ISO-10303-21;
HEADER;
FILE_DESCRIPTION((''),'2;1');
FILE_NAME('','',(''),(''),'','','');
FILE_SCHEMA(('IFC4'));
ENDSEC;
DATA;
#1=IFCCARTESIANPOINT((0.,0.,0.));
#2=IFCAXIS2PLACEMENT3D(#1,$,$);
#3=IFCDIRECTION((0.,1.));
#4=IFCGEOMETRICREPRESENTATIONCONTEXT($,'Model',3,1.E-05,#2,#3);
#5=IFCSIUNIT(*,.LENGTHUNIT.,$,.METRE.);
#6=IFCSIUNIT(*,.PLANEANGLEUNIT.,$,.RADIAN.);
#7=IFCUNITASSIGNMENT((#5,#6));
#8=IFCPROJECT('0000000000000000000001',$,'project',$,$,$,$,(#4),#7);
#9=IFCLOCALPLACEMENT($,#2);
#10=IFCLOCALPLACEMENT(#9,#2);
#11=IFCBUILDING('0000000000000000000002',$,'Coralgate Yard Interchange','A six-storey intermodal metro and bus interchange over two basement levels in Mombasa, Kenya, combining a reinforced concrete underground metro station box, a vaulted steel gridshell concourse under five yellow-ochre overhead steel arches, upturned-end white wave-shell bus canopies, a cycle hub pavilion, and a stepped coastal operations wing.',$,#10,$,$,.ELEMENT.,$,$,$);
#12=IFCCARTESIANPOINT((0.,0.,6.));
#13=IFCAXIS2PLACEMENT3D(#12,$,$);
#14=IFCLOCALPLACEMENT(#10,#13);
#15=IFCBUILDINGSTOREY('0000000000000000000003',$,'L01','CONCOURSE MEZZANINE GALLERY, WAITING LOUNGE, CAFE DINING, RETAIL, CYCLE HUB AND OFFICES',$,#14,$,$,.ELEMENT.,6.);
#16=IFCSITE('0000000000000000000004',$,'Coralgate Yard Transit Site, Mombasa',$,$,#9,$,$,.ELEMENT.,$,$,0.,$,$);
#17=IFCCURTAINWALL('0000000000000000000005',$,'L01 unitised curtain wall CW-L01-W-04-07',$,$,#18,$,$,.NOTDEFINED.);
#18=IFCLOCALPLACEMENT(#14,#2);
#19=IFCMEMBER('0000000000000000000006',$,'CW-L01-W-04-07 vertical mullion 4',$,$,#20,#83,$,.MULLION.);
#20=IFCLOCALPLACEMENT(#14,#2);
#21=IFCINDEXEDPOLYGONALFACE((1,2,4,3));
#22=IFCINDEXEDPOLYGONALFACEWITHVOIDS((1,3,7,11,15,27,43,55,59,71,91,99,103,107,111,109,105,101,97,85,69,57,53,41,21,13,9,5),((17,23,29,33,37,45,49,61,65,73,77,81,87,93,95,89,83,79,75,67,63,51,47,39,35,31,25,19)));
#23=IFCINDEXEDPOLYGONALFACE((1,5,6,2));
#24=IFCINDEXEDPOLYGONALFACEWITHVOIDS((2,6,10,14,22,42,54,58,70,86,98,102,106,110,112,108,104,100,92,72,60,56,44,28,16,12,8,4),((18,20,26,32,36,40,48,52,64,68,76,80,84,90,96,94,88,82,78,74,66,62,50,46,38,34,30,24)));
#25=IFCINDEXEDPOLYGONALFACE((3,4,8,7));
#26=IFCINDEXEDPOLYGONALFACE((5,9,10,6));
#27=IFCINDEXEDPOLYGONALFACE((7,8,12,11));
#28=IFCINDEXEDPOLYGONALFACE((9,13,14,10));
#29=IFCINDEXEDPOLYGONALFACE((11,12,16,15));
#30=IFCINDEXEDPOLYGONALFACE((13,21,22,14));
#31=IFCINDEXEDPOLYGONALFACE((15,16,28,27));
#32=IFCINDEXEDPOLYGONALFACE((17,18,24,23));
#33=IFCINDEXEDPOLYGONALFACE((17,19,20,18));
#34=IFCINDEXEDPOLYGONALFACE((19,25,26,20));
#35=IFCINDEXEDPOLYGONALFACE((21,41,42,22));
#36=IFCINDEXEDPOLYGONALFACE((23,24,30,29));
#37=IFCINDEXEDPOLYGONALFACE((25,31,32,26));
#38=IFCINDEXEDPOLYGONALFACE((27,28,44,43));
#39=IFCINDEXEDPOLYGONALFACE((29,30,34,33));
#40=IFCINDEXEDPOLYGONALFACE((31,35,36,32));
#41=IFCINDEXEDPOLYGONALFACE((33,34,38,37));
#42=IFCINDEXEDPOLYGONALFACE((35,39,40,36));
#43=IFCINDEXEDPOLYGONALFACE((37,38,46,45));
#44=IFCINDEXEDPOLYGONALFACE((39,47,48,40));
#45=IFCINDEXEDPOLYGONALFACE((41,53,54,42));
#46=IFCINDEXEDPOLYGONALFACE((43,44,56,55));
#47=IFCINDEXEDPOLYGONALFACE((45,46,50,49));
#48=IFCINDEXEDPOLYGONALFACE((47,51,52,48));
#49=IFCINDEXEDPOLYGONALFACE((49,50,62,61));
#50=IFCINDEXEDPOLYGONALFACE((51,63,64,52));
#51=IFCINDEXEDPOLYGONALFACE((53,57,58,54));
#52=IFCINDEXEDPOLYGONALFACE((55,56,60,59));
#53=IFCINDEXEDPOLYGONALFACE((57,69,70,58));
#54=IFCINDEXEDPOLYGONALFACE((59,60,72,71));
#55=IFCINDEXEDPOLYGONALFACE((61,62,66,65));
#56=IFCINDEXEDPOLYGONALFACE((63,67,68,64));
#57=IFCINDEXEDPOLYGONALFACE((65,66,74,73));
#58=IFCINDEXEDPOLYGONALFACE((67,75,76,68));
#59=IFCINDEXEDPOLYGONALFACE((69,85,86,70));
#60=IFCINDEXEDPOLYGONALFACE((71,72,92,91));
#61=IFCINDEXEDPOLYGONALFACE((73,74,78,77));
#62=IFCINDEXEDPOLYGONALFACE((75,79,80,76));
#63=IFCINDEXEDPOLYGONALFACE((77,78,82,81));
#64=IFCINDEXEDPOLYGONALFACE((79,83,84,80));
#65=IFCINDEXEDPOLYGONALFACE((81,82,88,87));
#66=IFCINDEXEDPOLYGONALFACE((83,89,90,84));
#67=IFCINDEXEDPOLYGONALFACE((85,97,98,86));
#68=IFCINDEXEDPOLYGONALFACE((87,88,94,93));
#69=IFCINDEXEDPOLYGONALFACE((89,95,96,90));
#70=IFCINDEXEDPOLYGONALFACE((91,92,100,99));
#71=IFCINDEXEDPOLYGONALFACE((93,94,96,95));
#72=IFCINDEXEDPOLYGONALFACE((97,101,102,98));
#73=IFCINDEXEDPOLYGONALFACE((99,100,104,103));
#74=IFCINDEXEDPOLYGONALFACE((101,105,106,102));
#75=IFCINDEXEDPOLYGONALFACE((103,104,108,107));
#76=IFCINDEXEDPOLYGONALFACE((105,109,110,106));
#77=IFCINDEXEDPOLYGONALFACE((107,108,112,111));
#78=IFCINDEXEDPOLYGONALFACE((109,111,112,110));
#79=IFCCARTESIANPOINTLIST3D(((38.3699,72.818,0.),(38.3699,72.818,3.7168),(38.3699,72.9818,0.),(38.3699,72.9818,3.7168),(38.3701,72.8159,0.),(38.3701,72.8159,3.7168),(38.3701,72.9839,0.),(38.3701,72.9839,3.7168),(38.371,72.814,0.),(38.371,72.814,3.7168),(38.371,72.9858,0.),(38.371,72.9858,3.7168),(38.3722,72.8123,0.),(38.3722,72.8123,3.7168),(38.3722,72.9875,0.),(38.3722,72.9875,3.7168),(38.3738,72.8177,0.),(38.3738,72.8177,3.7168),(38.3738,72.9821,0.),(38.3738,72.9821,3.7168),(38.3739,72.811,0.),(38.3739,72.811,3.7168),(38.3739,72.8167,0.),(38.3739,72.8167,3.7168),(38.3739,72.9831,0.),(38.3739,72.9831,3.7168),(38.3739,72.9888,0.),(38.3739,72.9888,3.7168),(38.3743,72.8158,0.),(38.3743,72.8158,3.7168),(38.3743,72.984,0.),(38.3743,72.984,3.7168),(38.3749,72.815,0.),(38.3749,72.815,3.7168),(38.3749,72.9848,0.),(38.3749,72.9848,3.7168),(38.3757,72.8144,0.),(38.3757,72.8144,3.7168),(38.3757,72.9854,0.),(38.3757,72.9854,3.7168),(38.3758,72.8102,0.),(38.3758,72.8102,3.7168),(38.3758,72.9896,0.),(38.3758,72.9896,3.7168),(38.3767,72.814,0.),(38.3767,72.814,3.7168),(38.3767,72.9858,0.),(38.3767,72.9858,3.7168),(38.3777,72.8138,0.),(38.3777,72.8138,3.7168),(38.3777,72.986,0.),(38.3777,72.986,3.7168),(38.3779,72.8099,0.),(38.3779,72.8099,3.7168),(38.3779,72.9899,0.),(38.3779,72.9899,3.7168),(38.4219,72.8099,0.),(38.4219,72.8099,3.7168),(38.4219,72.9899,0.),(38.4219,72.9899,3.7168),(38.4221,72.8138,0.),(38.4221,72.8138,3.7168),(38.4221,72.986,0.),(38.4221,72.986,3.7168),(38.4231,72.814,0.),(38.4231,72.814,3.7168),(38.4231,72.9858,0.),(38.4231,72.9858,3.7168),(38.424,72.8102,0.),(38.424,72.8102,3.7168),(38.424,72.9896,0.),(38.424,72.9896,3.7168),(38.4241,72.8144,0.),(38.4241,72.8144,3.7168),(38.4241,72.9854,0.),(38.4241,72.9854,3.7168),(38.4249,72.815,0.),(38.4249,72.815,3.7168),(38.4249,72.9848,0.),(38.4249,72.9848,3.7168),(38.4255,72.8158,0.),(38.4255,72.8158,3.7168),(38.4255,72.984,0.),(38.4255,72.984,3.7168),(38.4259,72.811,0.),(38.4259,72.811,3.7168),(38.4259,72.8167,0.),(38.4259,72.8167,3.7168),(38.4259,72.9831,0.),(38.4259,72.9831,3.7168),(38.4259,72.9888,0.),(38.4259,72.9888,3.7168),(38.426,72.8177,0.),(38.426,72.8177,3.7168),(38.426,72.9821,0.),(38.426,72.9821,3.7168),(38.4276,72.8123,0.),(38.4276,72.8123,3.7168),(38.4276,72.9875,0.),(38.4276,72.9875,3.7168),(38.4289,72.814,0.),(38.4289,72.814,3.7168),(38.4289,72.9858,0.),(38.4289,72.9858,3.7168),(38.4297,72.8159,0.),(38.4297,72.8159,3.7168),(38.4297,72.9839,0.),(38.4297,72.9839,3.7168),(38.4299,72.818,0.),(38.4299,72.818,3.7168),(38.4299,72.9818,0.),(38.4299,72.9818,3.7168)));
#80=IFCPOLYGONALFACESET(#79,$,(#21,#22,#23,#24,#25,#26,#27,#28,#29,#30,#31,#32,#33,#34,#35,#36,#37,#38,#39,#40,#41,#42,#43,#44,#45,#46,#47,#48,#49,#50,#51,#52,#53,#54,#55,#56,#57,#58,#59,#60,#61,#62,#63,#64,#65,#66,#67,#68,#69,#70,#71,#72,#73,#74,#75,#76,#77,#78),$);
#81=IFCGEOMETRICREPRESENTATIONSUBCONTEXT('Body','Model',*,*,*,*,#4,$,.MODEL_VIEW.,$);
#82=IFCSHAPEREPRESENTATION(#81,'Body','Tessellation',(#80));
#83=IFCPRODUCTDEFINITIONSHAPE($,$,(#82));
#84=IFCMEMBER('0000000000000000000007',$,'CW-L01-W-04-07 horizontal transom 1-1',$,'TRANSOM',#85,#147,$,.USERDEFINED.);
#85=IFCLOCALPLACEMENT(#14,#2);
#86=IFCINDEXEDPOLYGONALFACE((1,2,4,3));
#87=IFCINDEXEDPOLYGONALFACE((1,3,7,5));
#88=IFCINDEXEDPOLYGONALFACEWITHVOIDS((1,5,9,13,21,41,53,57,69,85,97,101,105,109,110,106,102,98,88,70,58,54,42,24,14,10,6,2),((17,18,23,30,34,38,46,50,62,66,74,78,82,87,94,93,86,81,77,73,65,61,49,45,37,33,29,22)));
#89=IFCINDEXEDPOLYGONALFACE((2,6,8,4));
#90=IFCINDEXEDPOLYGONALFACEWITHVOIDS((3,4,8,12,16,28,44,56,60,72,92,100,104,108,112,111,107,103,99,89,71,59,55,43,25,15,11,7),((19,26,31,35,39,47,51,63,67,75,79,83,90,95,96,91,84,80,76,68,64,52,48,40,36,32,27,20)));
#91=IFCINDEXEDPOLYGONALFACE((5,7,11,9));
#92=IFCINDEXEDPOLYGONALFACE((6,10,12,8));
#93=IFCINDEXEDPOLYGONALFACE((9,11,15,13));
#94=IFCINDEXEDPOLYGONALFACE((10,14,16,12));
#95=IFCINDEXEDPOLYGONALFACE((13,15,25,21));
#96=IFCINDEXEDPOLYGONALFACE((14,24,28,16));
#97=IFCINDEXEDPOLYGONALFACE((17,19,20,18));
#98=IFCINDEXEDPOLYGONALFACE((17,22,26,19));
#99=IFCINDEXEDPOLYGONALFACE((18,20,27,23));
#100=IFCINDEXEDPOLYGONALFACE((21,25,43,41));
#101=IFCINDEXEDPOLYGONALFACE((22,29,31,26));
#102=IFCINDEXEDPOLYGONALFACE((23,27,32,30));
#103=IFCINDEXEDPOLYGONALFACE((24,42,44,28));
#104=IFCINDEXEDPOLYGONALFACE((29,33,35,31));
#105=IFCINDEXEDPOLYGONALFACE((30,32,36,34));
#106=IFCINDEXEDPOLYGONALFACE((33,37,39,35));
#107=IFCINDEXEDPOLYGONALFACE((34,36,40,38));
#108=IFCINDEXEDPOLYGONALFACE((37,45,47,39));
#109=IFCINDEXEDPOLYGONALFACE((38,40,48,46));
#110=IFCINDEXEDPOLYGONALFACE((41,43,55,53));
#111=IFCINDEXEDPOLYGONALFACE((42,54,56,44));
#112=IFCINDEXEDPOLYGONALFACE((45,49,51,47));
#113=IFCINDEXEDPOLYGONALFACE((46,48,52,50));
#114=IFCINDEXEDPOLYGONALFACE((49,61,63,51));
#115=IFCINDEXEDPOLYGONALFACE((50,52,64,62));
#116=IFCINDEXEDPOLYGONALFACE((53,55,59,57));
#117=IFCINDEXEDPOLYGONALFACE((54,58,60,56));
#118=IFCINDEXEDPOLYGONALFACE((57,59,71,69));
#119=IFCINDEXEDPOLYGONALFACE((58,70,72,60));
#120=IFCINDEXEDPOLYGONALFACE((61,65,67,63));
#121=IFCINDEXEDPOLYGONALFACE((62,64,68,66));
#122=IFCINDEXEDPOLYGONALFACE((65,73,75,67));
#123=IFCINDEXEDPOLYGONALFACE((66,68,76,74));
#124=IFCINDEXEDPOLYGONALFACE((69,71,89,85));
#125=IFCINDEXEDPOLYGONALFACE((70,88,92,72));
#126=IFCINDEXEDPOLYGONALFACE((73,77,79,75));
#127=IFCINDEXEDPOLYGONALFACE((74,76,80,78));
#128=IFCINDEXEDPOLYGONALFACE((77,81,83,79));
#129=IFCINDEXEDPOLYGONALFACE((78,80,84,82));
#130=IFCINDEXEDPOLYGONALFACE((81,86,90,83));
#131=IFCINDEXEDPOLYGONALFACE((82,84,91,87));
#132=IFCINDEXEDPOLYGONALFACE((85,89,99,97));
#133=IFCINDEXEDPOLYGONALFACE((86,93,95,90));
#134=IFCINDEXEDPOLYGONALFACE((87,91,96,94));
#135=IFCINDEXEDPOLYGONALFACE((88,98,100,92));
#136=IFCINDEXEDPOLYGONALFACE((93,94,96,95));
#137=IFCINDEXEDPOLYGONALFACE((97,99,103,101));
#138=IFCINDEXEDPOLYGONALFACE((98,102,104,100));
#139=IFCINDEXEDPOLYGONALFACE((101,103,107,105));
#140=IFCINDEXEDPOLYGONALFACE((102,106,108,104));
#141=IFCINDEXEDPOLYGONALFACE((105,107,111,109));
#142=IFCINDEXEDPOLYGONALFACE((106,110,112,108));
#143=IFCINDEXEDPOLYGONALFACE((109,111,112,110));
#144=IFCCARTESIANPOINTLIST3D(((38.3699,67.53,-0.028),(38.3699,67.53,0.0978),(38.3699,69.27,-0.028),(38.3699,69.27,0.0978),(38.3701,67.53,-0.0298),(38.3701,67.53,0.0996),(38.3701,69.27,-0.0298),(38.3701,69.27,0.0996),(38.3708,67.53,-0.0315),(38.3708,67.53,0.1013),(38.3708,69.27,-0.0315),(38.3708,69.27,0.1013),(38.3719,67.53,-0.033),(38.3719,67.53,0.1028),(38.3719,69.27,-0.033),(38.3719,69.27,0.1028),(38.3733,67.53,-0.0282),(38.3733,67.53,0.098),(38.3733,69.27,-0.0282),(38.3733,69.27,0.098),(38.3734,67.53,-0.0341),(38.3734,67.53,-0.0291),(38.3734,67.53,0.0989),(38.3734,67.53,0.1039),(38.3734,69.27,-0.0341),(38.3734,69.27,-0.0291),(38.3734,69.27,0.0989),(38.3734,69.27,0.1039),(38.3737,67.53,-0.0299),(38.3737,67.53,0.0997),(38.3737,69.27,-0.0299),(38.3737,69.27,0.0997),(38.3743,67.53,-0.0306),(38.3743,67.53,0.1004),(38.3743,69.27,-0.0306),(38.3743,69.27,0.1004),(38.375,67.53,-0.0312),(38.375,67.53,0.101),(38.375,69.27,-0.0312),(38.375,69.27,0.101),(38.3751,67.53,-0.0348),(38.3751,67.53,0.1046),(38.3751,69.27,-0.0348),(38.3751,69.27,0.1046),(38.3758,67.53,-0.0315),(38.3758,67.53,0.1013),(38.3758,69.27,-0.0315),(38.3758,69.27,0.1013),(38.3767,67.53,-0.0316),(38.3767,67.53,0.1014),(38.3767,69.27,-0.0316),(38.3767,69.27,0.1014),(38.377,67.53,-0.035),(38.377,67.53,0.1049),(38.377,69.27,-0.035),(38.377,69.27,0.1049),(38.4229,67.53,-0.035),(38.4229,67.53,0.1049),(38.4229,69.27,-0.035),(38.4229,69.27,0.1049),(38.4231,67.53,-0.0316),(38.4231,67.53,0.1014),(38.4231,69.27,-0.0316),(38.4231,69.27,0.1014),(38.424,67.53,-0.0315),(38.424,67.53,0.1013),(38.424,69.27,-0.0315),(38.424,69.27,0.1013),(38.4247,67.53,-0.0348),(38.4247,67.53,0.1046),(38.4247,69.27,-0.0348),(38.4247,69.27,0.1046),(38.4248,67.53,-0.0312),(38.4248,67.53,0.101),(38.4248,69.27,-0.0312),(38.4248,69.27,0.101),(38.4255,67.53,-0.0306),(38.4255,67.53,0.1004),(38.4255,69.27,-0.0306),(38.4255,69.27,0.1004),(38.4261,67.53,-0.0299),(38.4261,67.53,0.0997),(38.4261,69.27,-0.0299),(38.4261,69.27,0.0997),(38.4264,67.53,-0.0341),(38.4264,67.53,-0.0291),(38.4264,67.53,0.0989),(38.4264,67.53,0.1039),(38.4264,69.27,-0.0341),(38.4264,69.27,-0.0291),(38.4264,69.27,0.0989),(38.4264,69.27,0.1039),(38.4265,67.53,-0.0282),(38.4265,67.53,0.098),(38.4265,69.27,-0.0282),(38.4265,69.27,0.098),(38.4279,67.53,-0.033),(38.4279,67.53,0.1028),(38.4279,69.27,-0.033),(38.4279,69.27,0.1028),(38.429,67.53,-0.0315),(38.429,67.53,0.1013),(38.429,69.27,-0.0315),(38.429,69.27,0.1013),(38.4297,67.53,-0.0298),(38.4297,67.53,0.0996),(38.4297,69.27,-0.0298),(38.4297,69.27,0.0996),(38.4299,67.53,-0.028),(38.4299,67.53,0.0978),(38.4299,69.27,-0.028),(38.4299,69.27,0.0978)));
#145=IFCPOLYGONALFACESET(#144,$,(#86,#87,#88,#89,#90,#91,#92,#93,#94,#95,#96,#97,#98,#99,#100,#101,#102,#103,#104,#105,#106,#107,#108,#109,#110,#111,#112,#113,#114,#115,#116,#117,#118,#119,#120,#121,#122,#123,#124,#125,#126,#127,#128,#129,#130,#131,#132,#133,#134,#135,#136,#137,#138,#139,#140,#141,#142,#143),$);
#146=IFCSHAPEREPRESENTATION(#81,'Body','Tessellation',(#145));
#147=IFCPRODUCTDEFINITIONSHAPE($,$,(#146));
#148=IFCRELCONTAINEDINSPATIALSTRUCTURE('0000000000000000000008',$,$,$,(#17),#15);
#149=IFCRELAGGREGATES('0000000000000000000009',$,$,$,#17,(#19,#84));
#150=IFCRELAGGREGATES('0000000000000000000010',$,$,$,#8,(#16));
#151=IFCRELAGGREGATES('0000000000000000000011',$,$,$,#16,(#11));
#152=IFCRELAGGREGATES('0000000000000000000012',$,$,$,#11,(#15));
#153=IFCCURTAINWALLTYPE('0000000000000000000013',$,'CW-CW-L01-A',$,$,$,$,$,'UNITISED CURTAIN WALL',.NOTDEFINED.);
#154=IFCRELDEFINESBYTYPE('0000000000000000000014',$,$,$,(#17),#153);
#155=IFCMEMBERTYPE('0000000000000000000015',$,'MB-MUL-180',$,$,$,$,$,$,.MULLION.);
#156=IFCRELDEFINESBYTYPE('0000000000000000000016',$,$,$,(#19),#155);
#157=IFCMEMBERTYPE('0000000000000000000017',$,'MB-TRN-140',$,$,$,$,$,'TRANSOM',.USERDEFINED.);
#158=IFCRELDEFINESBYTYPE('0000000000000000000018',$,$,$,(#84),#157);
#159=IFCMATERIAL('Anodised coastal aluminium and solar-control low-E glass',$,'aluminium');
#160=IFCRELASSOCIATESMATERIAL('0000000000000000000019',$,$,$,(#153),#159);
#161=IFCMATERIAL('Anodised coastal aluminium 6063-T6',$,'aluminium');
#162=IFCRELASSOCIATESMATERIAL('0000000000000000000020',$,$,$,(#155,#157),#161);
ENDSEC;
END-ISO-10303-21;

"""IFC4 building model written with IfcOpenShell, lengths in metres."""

from ifc_helpers import new_model, si_unit, direction, frame, origin, origin_2d, place, context, subcontext, project, spatial, hollow_rectangle, extrude, material, material_profile, profile_set, type_object, element, aggregate, save


model = new_model("IFC4")

# Units and contexts
model_context = context("Model", 3, precision=1e-05, world=origin(), true_north=direction((0.0, 1.0)))
body_context = subcontext(model_context, "Body", "Model", "MODEL_VIEW")
ifc_project = project(units=[si_unit("LENGTHUNIT", "METRE"), si_unit("PLANEANGLEUNIT", "RADIAN")], contexts=[model_context])

# Site, building, storey
site_placement = place(None, origin())
site = spatial("IfcSite", under=ifc_project, at=site_placement, Name="Coralgate Yard Transit Site, Mombasa", CompositionType="ELEMENT", RefElevation=0.0)
building_placement = place(site_placement, origin())
building = spatial("IfcBuilding", under=site, at=building_placement, Name="Coralgate Yard Interchange", Description="A six-storey intermodal metro and bus interchange over two basement levels in Mombasa, Kenya, combining a reinforced concrete underground metro station box, a vaulted steel gridshell concourse under five yellow-ochre overhead steel arches, upturned-end white wave-shell bus canopies, a cycle hub pavilion, and a stepped coastal operations wing.", CompositionType="ELEMENT")
storey_placement = place(building_placement, frame((0.0, 0.0, 6.0)))
storey = spatial("IfcBuildingStorey", under=building, at=storey_placement, Name="L01", Description="CONCOURSE MEZZANINE GALLERY, WAITING LOUNGE, CAFE DINING, RETAIL, CYCLE HUB AND OFFICES", CompositionType="ELEMENT", Elevation=6.0)

# Shared definitions
ifc_material_1 = material(Name="Anodised coastal aluminium and solar-control low-E glass", Category="aluminium")
curtain_wall_type = type_object("IfcCurtainWallType", Name="CW-CW-L01-A", ElementType="UNITISED CURTAIN WALL", PredefinedType="NOTDEFINED", material=ifc_material_1)
ifc_material_2 = material(Name="Anodised coastal aluminium 6063-T6", Category="aluminium")
ifc_material_profile_1 = material_profile(ifc_material_2, hollow_rectangle(XDim=0.0601, YDim=0.1799, WallThickness=0.0039, InnerFilletRadius=0.0039, OuterFilletRadius=0.0081, at=origin_2d()), Name="ALU 60x180x4")
ifc_profile_set_1 = profile_set([ifc_material_profile_1], Name="Anodised coastal aluminium 6063-T6")
member_type_1 = type_object("IfcMemberType", Name="MB-MUL-180", PredefinedType="MULLION", material=ifc_profile_set_1)

# Curtain wall, members
curtain_wall_1_placement = place(storey_placement, origin())
curtain_wall_1 = element("IfcCurtainWall", 1, at=curtain_wall_1_placement, inside=storey, type_object=curtain_wall_type, Name="L01 unitised curtain wall CW-L01-W-04-07", PredefinedType="NOTDEFINED")
member_1_placement = place(storey_placement, frame((38.3999, 72.8999, 0.0), z_axis=(0.0, 0.0, 1.0), x_axis=(1.0, 0.0, 0.0)))
member_1 = element("IfcMember", 2, at=member_1_placement, type_object=member_type_1, Name="CW-L01-W-04-07 vertical mullion 4", PredefinedType="MULLION", context=body_context, shape_type="SweptSolid", body=[
    extrude(hollow_rectangle(XDim=0.0601, YDim=0.1799, WallThickness=0.0039, InnerFilletRadius=0.0039, OuterFilletRadius=0.0081, at=origin_2d()), origin(), (0.0, 0.0, 1.0), 3.7168),
])
ifc_material_profile_2 = material_profile(ifc_material_2, hollow_rectangle(XDim=0.0601, YDim=0.1399, WallThickness=0.0034, InnerFilletRadius=0.0034, OuterFilletRadius=0.0071, at=origin_2d()), Name="ALU 60x140x3.5")
ifc_profile_set_2 = profile_set([ifc_material_profile_2], Name="Anodised coastal aluminium 6063-T6")
member_type_2 = type_object("IfcMemberType", Name="MB-TRN-140", ElementType="TRANSOM", PredefinedType="USERDEFINED", material=ifc_profile_set_2)
member_2_placement = place(storey_placement, frame((38.3999, 67.53, 0.0349), z_axis=(0.0, 1.0, 0.0), x_axis=(-1.0, 0.0, 0.0)))
member_2 = element("IfcMember", 3, at=member_2_placement, type_object=member_type_2, Name="CW-L01-W-04-07 horizontal transom 1-1", ObjectType="TRANSOM", PredefinedType="USERDEFINED", context=body_context, shape_type="SweptSolid", body=[
    extrude(hollow_rectangle(XDim=0.0601, YDim=0.1399, WallThickness=0.0034, InnerFilletRadius=0.0034, OuterFilletRadius=0.0071, at=origin_2d()), origin(), (0.0, 0.0, 1.0), 1.74),
])

aggregate(curtain_wall_1, [member_1, member_2])

save(model, "model.ifc")
